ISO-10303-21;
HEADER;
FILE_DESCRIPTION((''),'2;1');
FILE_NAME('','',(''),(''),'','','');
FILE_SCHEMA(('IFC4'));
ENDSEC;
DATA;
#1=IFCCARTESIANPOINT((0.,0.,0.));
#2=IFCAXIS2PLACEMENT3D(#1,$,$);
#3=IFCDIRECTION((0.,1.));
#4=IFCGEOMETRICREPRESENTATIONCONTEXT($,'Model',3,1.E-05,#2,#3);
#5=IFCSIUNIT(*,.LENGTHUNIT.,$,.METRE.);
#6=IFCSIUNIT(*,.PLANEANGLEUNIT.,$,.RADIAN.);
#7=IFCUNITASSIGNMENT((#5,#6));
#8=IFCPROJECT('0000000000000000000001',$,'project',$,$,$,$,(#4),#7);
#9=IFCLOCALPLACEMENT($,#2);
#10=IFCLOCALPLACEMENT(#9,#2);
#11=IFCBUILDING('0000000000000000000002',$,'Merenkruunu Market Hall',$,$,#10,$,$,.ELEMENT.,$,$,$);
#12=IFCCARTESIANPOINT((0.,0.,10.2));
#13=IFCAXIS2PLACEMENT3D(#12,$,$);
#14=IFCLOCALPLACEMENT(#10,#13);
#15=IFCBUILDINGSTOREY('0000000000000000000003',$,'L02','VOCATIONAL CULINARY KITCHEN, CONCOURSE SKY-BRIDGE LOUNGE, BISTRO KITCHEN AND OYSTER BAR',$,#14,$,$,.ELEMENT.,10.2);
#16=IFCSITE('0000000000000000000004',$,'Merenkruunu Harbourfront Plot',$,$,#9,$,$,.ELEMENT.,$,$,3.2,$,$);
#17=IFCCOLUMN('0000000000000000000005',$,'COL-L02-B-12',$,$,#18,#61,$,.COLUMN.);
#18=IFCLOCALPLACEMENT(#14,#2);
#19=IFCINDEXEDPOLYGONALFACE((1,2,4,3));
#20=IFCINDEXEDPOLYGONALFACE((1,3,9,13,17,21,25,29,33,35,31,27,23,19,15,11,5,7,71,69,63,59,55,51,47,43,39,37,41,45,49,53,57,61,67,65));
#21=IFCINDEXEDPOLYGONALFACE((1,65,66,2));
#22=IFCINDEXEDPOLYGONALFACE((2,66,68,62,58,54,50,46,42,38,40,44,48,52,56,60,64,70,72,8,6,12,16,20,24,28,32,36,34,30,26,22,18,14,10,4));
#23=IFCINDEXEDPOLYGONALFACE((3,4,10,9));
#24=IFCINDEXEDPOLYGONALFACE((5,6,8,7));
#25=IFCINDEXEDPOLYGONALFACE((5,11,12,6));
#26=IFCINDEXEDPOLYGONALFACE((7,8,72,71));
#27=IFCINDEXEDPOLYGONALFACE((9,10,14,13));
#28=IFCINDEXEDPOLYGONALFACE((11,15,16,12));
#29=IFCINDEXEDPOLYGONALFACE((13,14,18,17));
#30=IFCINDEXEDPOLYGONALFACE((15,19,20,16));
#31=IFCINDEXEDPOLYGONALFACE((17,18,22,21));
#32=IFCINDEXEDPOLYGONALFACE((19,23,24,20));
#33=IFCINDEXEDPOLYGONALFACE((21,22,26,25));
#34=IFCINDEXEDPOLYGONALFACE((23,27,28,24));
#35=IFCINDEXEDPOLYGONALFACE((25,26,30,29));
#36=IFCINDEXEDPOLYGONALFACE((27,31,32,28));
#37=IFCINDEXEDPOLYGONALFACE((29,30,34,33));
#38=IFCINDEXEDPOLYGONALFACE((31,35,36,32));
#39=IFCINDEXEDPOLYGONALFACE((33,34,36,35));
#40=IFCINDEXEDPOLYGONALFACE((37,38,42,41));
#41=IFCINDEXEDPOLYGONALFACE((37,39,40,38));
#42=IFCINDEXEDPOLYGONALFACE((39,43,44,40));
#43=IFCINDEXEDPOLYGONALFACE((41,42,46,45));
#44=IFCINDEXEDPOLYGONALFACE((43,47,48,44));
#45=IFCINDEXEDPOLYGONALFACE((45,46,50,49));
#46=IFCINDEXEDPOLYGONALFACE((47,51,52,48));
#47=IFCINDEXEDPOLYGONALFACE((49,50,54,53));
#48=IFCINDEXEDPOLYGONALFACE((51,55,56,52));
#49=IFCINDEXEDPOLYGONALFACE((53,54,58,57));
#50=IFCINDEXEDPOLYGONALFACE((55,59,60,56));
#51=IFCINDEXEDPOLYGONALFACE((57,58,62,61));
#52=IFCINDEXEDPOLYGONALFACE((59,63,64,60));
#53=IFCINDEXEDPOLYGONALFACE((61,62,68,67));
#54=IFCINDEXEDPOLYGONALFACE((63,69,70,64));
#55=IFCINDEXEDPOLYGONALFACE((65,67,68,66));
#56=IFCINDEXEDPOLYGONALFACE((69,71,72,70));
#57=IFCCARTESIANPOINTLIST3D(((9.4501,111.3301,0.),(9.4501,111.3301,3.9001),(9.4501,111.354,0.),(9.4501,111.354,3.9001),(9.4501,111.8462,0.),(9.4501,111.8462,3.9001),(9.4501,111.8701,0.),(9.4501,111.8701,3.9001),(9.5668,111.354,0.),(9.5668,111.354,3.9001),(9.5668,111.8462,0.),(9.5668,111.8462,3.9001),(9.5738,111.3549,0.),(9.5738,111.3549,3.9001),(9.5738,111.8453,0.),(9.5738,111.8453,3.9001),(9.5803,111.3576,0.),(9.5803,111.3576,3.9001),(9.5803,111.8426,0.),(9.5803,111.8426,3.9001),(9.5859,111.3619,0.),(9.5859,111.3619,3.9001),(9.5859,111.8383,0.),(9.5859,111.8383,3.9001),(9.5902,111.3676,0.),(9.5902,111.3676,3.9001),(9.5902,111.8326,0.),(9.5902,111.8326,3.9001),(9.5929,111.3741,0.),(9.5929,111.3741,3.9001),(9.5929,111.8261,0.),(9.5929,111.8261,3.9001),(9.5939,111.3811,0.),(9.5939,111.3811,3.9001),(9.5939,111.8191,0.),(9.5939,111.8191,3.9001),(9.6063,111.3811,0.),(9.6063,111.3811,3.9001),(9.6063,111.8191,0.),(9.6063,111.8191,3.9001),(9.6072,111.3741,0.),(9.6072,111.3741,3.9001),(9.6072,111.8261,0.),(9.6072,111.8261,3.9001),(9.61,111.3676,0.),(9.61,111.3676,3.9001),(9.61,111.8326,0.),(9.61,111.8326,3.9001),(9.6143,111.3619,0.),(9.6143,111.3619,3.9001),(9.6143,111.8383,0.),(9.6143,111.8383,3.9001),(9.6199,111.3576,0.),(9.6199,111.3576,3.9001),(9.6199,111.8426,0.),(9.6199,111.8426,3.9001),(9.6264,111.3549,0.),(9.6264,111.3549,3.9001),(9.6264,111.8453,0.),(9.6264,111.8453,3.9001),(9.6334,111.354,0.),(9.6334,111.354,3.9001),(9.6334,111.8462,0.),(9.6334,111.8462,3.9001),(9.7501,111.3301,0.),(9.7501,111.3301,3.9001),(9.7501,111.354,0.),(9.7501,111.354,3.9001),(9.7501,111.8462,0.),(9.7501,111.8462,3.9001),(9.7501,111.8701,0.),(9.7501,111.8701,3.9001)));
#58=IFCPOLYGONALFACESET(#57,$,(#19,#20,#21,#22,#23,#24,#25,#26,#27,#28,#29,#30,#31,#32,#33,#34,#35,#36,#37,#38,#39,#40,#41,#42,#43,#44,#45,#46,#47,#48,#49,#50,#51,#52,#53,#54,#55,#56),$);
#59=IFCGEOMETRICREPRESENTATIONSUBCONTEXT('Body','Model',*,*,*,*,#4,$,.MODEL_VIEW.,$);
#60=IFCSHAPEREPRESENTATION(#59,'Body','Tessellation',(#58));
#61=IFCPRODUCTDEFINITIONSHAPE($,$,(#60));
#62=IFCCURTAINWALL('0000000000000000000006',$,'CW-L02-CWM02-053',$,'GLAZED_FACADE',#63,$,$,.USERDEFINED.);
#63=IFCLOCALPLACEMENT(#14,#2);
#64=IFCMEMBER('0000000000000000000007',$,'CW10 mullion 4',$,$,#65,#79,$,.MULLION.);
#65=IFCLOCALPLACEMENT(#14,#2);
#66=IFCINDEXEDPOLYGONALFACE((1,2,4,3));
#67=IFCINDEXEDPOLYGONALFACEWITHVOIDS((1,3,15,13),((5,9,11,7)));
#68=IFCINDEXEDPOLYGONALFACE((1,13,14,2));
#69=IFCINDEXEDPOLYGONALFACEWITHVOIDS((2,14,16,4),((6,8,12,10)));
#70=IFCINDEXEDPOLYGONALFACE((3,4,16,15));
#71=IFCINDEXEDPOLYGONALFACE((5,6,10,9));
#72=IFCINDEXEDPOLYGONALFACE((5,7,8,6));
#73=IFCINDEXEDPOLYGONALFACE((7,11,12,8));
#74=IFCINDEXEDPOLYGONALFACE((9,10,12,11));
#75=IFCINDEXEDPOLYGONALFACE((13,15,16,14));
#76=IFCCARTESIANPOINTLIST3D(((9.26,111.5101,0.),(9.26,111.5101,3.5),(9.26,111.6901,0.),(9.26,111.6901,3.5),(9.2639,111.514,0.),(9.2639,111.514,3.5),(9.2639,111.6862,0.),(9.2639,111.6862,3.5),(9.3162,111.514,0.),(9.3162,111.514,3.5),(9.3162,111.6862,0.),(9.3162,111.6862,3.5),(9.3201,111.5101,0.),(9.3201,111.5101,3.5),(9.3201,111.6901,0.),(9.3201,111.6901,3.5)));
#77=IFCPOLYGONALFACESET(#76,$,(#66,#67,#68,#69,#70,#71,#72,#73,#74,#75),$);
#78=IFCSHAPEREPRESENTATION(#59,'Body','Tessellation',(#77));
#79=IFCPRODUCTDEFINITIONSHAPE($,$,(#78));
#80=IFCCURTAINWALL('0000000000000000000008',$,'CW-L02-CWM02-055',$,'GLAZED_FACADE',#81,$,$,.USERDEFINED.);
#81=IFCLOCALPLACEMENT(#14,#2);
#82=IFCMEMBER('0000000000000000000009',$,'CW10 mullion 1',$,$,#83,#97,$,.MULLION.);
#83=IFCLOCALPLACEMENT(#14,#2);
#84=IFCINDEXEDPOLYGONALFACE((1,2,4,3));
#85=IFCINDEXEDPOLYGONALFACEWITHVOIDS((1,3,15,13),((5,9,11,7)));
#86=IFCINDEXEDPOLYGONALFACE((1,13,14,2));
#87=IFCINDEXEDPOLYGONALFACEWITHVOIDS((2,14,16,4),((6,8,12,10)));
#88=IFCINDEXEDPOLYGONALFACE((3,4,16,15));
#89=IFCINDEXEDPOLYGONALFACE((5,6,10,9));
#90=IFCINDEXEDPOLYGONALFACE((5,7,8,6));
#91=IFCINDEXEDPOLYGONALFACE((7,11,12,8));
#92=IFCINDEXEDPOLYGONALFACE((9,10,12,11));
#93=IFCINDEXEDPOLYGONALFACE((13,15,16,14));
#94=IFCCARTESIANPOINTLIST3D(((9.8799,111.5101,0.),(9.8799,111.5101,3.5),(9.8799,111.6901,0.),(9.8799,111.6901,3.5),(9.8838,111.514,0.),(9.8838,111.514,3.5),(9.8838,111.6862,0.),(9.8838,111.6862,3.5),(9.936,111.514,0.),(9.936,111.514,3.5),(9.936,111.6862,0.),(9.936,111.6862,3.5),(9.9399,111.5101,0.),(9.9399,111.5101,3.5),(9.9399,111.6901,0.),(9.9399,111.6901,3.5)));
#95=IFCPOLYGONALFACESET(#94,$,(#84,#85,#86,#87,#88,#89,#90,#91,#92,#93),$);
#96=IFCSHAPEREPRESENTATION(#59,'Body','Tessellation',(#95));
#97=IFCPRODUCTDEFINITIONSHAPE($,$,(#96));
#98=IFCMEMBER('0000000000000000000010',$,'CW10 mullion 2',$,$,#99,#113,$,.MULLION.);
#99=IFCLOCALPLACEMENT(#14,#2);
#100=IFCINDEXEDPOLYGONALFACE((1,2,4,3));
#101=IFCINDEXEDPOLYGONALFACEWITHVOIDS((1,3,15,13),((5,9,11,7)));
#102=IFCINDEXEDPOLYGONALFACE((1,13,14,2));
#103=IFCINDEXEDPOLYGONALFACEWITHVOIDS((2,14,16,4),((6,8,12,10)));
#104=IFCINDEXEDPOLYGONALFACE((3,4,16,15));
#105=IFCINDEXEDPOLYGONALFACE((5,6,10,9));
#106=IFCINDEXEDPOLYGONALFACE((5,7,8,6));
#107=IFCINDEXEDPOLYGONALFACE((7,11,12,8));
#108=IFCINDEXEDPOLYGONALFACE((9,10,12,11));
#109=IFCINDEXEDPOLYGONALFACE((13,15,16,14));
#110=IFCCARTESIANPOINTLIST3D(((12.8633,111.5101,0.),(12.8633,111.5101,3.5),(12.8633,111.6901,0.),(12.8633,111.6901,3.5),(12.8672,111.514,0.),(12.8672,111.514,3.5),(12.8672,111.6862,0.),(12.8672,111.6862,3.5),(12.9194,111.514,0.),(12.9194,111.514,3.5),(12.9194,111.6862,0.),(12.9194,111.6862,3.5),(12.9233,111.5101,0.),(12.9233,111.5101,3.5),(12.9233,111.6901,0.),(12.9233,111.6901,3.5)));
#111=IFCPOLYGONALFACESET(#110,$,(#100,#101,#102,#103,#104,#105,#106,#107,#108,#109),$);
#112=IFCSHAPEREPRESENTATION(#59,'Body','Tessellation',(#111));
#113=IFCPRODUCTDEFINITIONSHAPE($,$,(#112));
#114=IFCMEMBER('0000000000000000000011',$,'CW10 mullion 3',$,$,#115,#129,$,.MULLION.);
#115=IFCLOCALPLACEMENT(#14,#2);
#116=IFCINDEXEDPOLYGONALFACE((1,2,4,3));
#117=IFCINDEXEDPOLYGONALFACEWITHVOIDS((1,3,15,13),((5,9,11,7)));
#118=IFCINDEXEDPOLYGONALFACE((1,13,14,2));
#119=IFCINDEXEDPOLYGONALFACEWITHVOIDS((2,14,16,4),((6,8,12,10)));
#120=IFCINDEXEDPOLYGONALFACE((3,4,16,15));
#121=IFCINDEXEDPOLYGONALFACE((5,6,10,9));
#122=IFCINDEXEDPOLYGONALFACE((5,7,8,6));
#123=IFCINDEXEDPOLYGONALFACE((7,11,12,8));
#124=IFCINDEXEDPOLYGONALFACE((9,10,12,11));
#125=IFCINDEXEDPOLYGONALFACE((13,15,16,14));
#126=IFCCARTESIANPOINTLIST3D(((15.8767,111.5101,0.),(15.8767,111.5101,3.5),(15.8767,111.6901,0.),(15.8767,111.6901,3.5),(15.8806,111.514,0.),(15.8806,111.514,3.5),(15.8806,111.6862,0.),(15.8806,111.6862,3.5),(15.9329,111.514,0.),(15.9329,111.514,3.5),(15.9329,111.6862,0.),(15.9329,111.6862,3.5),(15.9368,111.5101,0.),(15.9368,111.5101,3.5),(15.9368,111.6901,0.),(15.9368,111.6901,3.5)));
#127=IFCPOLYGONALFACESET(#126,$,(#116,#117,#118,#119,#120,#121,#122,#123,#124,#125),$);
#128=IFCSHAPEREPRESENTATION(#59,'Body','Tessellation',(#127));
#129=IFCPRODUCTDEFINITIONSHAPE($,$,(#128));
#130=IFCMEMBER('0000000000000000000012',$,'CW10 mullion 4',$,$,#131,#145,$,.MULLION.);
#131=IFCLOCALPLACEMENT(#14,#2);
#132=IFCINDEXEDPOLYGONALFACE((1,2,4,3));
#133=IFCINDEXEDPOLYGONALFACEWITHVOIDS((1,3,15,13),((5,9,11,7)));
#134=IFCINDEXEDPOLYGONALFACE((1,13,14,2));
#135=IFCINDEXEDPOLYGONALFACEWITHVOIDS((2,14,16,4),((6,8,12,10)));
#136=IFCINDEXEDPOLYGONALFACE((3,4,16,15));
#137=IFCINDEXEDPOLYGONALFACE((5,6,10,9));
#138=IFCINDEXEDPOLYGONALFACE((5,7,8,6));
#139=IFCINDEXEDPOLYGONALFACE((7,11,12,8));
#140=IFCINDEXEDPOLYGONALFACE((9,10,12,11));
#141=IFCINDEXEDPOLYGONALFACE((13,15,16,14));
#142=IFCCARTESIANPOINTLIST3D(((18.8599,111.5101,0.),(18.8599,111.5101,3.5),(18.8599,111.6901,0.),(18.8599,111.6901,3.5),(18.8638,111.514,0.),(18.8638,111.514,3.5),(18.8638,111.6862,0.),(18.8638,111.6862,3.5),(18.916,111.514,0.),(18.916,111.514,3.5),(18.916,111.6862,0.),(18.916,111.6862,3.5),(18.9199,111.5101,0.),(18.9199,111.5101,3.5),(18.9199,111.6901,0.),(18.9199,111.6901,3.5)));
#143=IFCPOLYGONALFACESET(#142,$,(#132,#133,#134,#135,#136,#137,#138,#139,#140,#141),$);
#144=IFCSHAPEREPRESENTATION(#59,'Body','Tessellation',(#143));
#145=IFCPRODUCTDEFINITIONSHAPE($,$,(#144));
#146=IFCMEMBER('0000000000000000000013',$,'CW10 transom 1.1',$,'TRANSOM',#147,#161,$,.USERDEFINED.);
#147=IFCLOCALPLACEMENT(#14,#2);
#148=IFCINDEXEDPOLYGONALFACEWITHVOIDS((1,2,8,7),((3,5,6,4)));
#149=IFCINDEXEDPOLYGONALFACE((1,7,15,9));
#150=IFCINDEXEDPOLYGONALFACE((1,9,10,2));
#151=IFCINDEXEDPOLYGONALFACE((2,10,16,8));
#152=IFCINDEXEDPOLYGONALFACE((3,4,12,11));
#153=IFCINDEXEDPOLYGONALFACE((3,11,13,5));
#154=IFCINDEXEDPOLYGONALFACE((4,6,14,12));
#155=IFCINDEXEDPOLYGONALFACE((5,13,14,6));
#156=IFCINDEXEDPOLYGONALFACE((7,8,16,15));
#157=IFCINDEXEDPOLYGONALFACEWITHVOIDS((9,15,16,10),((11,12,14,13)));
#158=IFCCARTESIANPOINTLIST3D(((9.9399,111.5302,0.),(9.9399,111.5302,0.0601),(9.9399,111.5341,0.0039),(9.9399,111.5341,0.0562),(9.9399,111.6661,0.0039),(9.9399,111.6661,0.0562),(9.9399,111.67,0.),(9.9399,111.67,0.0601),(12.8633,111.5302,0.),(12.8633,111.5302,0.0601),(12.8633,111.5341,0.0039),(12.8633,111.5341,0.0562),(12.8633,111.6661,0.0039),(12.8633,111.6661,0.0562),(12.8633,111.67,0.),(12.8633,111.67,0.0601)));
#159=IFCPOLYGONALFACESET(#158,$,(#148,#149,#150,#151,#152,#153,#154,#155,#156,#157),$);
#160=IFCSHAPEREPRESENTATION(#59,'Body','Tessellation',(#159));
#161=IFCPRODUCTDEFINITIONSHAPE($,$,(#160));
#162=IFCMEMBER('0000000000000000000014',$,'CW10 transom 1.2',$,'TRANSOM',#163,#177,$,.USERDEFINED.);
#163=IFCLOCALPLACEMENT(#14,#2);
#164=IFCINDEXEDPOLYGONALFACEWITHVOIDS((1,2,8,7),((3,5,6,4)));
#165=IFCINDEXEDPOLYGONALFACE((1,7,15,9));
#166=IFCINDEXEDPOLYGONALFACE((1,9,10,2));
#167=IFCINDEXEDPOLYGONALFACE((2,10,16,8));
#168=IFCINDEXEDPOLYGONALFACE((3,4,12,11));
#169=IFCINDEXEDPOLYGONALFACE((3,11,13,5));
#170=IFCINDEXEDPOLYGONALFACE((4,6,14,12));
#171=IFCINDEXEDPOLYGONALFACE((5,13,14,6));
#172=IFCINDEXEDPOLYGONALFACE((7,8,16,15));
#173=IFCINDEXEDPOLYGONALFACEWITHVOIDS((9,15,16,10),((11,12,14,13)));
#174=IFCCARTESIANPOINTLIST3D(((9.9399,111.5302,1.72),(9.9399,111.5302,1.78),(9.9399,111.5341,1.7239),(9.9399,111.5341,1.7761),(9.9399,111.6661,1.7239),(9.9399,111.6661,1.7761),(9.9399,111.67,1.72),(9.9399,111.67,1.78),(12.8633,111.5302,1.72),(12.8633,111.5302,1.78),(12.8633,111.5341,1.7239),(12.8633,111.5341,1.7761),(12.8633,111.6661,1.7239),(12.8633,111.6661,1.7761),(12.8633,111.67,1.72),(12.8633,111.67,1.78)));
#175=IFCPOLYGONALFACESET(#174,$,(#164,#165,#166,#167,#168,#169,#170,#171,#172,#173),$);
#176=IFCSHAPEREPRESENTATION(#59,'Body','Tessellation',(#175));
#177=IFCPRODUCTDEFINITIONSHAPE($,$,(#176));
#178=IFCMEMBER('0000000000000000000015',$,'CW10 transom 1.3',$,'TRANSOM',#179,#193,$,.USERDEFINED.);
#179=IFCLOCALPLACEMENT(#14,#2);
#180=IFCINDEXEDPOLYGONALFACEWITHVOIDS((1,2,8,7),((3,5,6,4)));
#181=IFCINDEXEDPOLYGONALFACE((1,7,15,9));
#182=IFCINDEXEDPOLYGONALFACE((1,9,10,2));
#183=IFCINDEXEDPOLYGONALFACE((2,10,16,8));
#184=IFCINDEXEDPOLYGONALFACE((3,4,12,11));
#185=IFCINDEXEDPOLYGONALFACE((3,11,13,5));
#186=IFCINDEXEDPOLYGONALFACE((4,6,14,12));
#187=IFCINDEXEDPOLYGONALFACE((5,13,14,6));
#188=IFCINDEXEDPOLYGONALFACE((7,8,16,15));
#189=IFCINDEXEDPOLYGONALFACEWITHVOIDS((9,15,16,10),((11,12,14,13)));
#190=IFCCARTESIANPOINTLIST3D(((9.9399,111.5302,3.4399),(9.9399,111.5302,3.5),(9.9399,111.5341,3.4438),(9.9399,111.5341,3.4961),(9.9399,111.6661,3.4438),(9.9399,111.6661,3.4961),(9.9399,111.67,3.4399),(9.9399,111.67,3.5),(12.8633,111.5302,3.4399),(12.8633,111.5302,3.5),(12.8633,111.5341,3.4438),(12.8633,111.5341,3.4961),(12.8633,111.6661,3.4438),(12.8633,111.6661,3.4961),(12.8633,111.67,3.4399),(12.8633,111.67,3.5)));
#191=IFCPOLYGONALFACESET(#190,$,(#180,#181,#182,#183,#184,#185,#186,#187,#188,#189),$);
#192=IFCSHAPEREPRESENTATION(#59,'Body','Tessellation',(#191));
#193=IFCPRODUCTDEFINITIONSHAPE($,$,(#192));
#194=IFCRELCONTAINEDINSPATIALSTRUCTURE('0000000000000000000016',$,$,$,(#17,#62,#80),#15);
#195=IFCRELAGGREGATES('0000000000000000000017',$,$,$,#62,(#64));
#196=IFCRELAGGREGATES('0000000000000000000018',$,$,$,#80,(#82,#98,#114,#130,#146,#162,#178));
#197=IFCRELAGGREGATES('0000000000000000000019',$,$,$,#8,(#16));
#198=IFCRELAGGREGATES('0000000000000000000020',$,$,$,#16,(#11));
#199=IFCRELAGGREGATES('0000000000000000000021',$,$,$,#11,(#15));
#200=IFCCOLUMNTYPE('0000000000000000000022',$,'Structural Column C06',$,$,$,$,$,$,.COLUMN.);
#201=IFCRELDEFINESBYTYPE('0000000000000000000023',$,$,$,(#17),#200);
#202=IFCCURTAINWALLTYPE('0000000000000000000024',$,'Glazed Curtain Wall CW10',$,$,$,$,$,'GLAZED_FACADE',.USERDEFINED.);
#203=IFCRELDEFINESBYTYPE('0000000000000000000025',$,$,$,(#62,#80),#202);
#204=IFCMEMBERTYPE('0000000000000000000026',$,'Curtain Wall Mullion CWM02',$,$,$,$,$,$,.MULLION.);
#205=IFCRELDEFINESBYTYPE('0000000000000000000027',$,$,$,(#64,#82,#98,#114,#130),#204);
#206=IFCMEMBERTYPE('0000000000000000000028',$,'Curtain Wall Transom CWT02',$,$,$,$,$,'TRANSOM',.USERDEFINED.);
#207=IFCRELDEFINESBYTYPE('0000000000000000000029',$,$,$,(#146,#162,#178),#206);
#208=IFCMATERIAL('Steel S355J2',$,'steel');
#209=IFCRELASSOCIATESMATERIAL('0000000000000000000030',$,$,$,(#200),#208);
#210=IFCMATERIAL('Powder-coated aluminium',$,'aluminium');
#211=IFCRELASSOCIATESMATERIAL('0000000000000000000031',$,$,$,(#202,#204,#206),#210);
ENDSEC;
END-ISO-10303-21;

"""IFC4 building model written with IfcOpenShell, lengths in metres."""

from ifc_helpers import new_model, si_unit, direction, frame, origin, origin_2d, place, context, subcontext, project, spatial, hollow_rectangle, i_section, extrude, material, material_profile, profile_set, type_object, element, aggregate, save


model = new_model("IFC4")

# Units and contexts
model_context = context("Model", 3, precision=1e-05, world=origin(), true_north=direction((0.0, 1.0)))
body_context = subcontext(model_context, "Body", "Model", "MODEL_VIEW")
ifc_project = project(units=[si_unit("LENGTHUNIT", "METRE"), si_unit("PLANEANGLEUNIT", "RADIAN")], contexts=[model_context])

# Site, building, storey
site_placement = place(None, origin())
site = spatial("IfcSite", under=ifc_project, at=site_placement, Name="Merenkruunu Harbourfront Plot", CompositionType="ELEMENT", RefElevation=3.2)
building_placement = place(site_placement, origin())
building = spatial("IfcBuilding", under=site, at=building_placement, Name="Merenkruunu Market Hall", CompositionType="ELEMENT")
storey_placement = place(building_placement, frame((0.0, 0.0, 10.2)))
storey = spatial("IfcBuildingStorey", under=building, at=storey_placement, Name="L02", Description="VOCATIONAL CULINARY KITCHEN, CONCOURSE SKY-BRIDGE LOUNGE, BISTRO KITCHEN AND OYSTER BAR", CompositionType="ELEMENT", Elevation=10.2)

# Column
ifc_material_1 = material(Name="Steel S355J2", Category="steel")
ifc_material_profile_1 = material_profile(ifc_material_1, i_section(OverallWidth=0.3, OverallDepth=0.54, WebThickness=0.0125, FlangeThickness=0.0239, FilletRadius=0.0271, at=origin_2d()), Name="HEA 550")
ifc_profile_set_1 = profile_set([ifc_material_profile_1], Name="Steel S355J2")
column_type = type_object("IfcColumnType", Name="Structural Column C06", PredefinedType="COLUMN", material=ifc_profile_set_1)
column_placement = place(storey_placement, frame((9.6001, 111.6001, 0.0), z_axis=(0.0, 0.0, 1.0), x_axis=(1.0, 0.0, 0.0)))
element("IfcColumn", 1, at=column_placement, inside=storey, type_object=column_type, Name="COL-L02-B-12", PredefinedType="COLUMN", context=body_context, shape_type="SweptSolid", body=[
    extrude(i_section(OverallWidth=0.3, OverallDepth=0.54, WebThickness=0.0125, FlangeThickness=0.0239, FilletRadius=0.0271, at=origin_2d()), origin(), (0.0, 0.0, 1.0), 3.9001),
])

# Curtain wall, member
ifc_material_2 = material(Name="Powder-coated aluminium", Category="aluminium")
curtain_wall_type = type_object("IfcCurtainWallType", Name="Glazed Curtain Wall CW10", ElementType="GLAZED_FACADE", PredefinedType="USERDEFINED", material=ifc_material_2)
curtain_wall_1_placement = place(storey_placement, origin())
curtain_wall_1 = element("IfcCurtainWall", 2, at=curtain_wall_1_placement, inside=storey, type_object=curtain_wall_type, Name="CW-L02-CWM02-053", ObjectType="GLAZED_FACADE", PredefinedType="USERDEFINED")
ifc_material_profile_2 = material_profile(ifc_material_2, hollow_rectangle(XDim=0.0601, YDim=0.1799, WallThickness=0.0039, at=origin_2d()), Name="ALU 60x180x4")
ifc_profile_set_2 = profile_set([ifc_material_profile_2], Name="Powder-coated aluminium")
member_type_1 = type_object("IfcMemberType", Name="Curtain Wall Mullion CWM02", PredefinedType="MULLION", material=ifc_profile_set_2)
member_1_placement = place(storey_placement, frame((9.29, 111.6001, 0.0), z_axis=(0.0, 0.0, 1.0), x_axis=(1.0, 0.0, 0.0)))
member_1 = element("IfcMember", 3, at=member_1_placement, type_object=member_type_1, Name="CW10 mullion 4", PredefinedType="MULLION", context=body_context, shape_type="SweptSolid", body=[
    extrude(hollow_rectangle(XDim=0.0601, YDim=0.1799, WallThickness=0.0039, at=origin_2d()), origin(), (0.0, 0.0, 1.0), 3.5),
])

# Curtain wall, members
curtain_wall_2_placement = place(storey_placement, origin())
curtain_wall_2 = element("IfcCurtainWall", 4, at=curtain_wall_2_placement, inside=storey, type_object=curtain_wall_type, Name="CW-L02-CWM02-055", ObjectType="GLAZED_FACADE", PredefinedType="USERDEFINED")
member_2_placement = place(storey_placement, frame((9.9099, 111.6001, 0.0), z_axis=(0.0, 0.0, 1.0), x_axis=(1.0, 0.0, 0.0)))
member_2 = element("IfcMember", 5, at=member_2_placement, type_object=member_type_1, Name="CW10 mullion 1", PredefinedType="MULLION", context=body_context, shape_type="SweptSolid", body=[
    extrude(hollow_rectangle(XDim=0.0601, YDim=0.1799, WallThickness=0.0039, at=origin_2d()), origin(), (0.0, 0.0, 1.0), 3.5),
])
member_3_placement = place(storey_placement, frame((12.8933, 111.6001, 0.0), z_axis=(0.0, 0.0, 1.0), x_axis=(1.0, 0.0, 0.0)))
member_3 = element("IfcMember", 6, at=member_3_placement, type_object=member_type_1, Name="CW10 mullion 2", PredefinedType="MULLION", context=body_context, shape_type="SweptSolid", body=[
    extrude(hollow_rectangle(XDim=0.0601, YDim=0.1799, WallThickness=0.0039, at=origin_2d()), origin(), (0.0, 0.0, 1.0), 3.5),
])
member_4_placement = place(storey_placement, frame((15.9067, 111.6001, 0.0), z_axis=(0.0, 0.0, 1.0), x_axis=(1.0, 0.0, 0.0)))
member_4 = element("IfcMember", 7, at=member_4_placement, type_object=member_type_1, Name="CW10 mullion 3", PredefinedType="MULLION", context=body_context, shape_type="SweptSolid", body=[
    extrude(hollow_rectangle(XDim=0.0601, YDim=0.1799, WallThickness=0.0039, at=origin_2d()), origin(), (0.0, 0.0, 1.0), 3.5),
])
member_5_placement = place(storey_placement, frame((18.8899, 111.6001, 0.0), z_axis=(0.0, 0.0, 1.0), x_axis=(1.0, 0.0, 0.0)))
member_5 = element("IfcMember", 8, at=member_5_placement, type_object=member_type_1, Name="CW10 mullion 4", PredefinedType="MULLION", context=body_context, shape_type="SweptSolid", body=[
    extrude(hollow_rectangle(XDim=0.0601, YDim=0.1799, WallThickness=0.0039, at=origin_2d()), origin(), (0.0, 0.0, 1.0), 3.5),
])
ifc_material_profile_3 = material_profile(ifc_material_2, hollow_rectangle(XDim=0.0601, YDim=0.1399, WallThickness=0.0039, at=origin_2d()), Name="ALU 60x140x4")
ifc_profile_set_3 = profile_set([ifc_material_profile_3], Name="Powder-coated aluminium")
member_type_2 = type_object("IfcMemberType", Name="Curtain Wall Transom CWT02", ElementType="TRANSOM", PredefinedType="USERDEFINED", material=ifc_profile_set_3)
member_6_placement = place(storey_placement, frame((9.9399, 111.6001, 0.03), z_axis=(1.0, 0.0, 0.0), x_axis=(0.0, 0.0, 1.0)))
member_6 = element("IfcMember", 9, at=member_6_placement, type_object=member_type_2, Name="CW10 transom 1.1", ObjectType="TRANSOM", PredefinedType="USERDEFINED", context=body_context, shape_type="SweptSolid", body=[
    extrude(hollow_rectangle(XDim=0.0601, YDim=0.1399, WallThickness=0.0039, at=origin_2d()), origin(), (0.0, 0.0, 1.0), 2.9233),
])
member_7_placement = place(storey_placement, frame((9.9399, 111.6001, 1.75), z_axis=(1.0, 0.0, 0.0), x_axis=(0.0, 0.0, 1.0)))
member_7 = element("IfcMember", 10, at=member_7_placement, type_object=member_type_2, Name="CW10 transom 1.2", ObjectType="TRANSOM", PredefinedType="USERDEFINED", context=body_context, shape_type="SweptSolid", body=[
    extrude(hollow_rectangle(XDim=0.0601, YDim=0.1399, WallThickness=0.0039, at=origin_2d()), origin(), (0.0, 0.0, 1.0), 2.9233),
])
member_8_placement = place(storey_placement, frame((9.9399, 111.6001, 3.47), z_axis=(1.0, 0.0, 0.0), x_axis=(0.0, 0.0, 1.0)))
member_8 = element("IfcMember", 11, at=member_8_placement, type_object=member_type_2, Name="CW10 transom 1.3", ObjectType="TRANSOM", PredefinedType="USERDEFINED", context=body_context, shape_type="SweptSolid", body=[
    extrude(hollow_rectangle(XDim=0.0601, YDim=0.1399, WallThickness=0.0039, at=origin_2d()), origin(), (0.0, 0.0, 1.0), 2.9233),
])

aggregate(curtain_wall_1, [member_1])
aggregate(curtain_wall_2, [member_2, member_3, member_4, member_5, member_6, member_7, member_8])

save(model, "model.ifc")
